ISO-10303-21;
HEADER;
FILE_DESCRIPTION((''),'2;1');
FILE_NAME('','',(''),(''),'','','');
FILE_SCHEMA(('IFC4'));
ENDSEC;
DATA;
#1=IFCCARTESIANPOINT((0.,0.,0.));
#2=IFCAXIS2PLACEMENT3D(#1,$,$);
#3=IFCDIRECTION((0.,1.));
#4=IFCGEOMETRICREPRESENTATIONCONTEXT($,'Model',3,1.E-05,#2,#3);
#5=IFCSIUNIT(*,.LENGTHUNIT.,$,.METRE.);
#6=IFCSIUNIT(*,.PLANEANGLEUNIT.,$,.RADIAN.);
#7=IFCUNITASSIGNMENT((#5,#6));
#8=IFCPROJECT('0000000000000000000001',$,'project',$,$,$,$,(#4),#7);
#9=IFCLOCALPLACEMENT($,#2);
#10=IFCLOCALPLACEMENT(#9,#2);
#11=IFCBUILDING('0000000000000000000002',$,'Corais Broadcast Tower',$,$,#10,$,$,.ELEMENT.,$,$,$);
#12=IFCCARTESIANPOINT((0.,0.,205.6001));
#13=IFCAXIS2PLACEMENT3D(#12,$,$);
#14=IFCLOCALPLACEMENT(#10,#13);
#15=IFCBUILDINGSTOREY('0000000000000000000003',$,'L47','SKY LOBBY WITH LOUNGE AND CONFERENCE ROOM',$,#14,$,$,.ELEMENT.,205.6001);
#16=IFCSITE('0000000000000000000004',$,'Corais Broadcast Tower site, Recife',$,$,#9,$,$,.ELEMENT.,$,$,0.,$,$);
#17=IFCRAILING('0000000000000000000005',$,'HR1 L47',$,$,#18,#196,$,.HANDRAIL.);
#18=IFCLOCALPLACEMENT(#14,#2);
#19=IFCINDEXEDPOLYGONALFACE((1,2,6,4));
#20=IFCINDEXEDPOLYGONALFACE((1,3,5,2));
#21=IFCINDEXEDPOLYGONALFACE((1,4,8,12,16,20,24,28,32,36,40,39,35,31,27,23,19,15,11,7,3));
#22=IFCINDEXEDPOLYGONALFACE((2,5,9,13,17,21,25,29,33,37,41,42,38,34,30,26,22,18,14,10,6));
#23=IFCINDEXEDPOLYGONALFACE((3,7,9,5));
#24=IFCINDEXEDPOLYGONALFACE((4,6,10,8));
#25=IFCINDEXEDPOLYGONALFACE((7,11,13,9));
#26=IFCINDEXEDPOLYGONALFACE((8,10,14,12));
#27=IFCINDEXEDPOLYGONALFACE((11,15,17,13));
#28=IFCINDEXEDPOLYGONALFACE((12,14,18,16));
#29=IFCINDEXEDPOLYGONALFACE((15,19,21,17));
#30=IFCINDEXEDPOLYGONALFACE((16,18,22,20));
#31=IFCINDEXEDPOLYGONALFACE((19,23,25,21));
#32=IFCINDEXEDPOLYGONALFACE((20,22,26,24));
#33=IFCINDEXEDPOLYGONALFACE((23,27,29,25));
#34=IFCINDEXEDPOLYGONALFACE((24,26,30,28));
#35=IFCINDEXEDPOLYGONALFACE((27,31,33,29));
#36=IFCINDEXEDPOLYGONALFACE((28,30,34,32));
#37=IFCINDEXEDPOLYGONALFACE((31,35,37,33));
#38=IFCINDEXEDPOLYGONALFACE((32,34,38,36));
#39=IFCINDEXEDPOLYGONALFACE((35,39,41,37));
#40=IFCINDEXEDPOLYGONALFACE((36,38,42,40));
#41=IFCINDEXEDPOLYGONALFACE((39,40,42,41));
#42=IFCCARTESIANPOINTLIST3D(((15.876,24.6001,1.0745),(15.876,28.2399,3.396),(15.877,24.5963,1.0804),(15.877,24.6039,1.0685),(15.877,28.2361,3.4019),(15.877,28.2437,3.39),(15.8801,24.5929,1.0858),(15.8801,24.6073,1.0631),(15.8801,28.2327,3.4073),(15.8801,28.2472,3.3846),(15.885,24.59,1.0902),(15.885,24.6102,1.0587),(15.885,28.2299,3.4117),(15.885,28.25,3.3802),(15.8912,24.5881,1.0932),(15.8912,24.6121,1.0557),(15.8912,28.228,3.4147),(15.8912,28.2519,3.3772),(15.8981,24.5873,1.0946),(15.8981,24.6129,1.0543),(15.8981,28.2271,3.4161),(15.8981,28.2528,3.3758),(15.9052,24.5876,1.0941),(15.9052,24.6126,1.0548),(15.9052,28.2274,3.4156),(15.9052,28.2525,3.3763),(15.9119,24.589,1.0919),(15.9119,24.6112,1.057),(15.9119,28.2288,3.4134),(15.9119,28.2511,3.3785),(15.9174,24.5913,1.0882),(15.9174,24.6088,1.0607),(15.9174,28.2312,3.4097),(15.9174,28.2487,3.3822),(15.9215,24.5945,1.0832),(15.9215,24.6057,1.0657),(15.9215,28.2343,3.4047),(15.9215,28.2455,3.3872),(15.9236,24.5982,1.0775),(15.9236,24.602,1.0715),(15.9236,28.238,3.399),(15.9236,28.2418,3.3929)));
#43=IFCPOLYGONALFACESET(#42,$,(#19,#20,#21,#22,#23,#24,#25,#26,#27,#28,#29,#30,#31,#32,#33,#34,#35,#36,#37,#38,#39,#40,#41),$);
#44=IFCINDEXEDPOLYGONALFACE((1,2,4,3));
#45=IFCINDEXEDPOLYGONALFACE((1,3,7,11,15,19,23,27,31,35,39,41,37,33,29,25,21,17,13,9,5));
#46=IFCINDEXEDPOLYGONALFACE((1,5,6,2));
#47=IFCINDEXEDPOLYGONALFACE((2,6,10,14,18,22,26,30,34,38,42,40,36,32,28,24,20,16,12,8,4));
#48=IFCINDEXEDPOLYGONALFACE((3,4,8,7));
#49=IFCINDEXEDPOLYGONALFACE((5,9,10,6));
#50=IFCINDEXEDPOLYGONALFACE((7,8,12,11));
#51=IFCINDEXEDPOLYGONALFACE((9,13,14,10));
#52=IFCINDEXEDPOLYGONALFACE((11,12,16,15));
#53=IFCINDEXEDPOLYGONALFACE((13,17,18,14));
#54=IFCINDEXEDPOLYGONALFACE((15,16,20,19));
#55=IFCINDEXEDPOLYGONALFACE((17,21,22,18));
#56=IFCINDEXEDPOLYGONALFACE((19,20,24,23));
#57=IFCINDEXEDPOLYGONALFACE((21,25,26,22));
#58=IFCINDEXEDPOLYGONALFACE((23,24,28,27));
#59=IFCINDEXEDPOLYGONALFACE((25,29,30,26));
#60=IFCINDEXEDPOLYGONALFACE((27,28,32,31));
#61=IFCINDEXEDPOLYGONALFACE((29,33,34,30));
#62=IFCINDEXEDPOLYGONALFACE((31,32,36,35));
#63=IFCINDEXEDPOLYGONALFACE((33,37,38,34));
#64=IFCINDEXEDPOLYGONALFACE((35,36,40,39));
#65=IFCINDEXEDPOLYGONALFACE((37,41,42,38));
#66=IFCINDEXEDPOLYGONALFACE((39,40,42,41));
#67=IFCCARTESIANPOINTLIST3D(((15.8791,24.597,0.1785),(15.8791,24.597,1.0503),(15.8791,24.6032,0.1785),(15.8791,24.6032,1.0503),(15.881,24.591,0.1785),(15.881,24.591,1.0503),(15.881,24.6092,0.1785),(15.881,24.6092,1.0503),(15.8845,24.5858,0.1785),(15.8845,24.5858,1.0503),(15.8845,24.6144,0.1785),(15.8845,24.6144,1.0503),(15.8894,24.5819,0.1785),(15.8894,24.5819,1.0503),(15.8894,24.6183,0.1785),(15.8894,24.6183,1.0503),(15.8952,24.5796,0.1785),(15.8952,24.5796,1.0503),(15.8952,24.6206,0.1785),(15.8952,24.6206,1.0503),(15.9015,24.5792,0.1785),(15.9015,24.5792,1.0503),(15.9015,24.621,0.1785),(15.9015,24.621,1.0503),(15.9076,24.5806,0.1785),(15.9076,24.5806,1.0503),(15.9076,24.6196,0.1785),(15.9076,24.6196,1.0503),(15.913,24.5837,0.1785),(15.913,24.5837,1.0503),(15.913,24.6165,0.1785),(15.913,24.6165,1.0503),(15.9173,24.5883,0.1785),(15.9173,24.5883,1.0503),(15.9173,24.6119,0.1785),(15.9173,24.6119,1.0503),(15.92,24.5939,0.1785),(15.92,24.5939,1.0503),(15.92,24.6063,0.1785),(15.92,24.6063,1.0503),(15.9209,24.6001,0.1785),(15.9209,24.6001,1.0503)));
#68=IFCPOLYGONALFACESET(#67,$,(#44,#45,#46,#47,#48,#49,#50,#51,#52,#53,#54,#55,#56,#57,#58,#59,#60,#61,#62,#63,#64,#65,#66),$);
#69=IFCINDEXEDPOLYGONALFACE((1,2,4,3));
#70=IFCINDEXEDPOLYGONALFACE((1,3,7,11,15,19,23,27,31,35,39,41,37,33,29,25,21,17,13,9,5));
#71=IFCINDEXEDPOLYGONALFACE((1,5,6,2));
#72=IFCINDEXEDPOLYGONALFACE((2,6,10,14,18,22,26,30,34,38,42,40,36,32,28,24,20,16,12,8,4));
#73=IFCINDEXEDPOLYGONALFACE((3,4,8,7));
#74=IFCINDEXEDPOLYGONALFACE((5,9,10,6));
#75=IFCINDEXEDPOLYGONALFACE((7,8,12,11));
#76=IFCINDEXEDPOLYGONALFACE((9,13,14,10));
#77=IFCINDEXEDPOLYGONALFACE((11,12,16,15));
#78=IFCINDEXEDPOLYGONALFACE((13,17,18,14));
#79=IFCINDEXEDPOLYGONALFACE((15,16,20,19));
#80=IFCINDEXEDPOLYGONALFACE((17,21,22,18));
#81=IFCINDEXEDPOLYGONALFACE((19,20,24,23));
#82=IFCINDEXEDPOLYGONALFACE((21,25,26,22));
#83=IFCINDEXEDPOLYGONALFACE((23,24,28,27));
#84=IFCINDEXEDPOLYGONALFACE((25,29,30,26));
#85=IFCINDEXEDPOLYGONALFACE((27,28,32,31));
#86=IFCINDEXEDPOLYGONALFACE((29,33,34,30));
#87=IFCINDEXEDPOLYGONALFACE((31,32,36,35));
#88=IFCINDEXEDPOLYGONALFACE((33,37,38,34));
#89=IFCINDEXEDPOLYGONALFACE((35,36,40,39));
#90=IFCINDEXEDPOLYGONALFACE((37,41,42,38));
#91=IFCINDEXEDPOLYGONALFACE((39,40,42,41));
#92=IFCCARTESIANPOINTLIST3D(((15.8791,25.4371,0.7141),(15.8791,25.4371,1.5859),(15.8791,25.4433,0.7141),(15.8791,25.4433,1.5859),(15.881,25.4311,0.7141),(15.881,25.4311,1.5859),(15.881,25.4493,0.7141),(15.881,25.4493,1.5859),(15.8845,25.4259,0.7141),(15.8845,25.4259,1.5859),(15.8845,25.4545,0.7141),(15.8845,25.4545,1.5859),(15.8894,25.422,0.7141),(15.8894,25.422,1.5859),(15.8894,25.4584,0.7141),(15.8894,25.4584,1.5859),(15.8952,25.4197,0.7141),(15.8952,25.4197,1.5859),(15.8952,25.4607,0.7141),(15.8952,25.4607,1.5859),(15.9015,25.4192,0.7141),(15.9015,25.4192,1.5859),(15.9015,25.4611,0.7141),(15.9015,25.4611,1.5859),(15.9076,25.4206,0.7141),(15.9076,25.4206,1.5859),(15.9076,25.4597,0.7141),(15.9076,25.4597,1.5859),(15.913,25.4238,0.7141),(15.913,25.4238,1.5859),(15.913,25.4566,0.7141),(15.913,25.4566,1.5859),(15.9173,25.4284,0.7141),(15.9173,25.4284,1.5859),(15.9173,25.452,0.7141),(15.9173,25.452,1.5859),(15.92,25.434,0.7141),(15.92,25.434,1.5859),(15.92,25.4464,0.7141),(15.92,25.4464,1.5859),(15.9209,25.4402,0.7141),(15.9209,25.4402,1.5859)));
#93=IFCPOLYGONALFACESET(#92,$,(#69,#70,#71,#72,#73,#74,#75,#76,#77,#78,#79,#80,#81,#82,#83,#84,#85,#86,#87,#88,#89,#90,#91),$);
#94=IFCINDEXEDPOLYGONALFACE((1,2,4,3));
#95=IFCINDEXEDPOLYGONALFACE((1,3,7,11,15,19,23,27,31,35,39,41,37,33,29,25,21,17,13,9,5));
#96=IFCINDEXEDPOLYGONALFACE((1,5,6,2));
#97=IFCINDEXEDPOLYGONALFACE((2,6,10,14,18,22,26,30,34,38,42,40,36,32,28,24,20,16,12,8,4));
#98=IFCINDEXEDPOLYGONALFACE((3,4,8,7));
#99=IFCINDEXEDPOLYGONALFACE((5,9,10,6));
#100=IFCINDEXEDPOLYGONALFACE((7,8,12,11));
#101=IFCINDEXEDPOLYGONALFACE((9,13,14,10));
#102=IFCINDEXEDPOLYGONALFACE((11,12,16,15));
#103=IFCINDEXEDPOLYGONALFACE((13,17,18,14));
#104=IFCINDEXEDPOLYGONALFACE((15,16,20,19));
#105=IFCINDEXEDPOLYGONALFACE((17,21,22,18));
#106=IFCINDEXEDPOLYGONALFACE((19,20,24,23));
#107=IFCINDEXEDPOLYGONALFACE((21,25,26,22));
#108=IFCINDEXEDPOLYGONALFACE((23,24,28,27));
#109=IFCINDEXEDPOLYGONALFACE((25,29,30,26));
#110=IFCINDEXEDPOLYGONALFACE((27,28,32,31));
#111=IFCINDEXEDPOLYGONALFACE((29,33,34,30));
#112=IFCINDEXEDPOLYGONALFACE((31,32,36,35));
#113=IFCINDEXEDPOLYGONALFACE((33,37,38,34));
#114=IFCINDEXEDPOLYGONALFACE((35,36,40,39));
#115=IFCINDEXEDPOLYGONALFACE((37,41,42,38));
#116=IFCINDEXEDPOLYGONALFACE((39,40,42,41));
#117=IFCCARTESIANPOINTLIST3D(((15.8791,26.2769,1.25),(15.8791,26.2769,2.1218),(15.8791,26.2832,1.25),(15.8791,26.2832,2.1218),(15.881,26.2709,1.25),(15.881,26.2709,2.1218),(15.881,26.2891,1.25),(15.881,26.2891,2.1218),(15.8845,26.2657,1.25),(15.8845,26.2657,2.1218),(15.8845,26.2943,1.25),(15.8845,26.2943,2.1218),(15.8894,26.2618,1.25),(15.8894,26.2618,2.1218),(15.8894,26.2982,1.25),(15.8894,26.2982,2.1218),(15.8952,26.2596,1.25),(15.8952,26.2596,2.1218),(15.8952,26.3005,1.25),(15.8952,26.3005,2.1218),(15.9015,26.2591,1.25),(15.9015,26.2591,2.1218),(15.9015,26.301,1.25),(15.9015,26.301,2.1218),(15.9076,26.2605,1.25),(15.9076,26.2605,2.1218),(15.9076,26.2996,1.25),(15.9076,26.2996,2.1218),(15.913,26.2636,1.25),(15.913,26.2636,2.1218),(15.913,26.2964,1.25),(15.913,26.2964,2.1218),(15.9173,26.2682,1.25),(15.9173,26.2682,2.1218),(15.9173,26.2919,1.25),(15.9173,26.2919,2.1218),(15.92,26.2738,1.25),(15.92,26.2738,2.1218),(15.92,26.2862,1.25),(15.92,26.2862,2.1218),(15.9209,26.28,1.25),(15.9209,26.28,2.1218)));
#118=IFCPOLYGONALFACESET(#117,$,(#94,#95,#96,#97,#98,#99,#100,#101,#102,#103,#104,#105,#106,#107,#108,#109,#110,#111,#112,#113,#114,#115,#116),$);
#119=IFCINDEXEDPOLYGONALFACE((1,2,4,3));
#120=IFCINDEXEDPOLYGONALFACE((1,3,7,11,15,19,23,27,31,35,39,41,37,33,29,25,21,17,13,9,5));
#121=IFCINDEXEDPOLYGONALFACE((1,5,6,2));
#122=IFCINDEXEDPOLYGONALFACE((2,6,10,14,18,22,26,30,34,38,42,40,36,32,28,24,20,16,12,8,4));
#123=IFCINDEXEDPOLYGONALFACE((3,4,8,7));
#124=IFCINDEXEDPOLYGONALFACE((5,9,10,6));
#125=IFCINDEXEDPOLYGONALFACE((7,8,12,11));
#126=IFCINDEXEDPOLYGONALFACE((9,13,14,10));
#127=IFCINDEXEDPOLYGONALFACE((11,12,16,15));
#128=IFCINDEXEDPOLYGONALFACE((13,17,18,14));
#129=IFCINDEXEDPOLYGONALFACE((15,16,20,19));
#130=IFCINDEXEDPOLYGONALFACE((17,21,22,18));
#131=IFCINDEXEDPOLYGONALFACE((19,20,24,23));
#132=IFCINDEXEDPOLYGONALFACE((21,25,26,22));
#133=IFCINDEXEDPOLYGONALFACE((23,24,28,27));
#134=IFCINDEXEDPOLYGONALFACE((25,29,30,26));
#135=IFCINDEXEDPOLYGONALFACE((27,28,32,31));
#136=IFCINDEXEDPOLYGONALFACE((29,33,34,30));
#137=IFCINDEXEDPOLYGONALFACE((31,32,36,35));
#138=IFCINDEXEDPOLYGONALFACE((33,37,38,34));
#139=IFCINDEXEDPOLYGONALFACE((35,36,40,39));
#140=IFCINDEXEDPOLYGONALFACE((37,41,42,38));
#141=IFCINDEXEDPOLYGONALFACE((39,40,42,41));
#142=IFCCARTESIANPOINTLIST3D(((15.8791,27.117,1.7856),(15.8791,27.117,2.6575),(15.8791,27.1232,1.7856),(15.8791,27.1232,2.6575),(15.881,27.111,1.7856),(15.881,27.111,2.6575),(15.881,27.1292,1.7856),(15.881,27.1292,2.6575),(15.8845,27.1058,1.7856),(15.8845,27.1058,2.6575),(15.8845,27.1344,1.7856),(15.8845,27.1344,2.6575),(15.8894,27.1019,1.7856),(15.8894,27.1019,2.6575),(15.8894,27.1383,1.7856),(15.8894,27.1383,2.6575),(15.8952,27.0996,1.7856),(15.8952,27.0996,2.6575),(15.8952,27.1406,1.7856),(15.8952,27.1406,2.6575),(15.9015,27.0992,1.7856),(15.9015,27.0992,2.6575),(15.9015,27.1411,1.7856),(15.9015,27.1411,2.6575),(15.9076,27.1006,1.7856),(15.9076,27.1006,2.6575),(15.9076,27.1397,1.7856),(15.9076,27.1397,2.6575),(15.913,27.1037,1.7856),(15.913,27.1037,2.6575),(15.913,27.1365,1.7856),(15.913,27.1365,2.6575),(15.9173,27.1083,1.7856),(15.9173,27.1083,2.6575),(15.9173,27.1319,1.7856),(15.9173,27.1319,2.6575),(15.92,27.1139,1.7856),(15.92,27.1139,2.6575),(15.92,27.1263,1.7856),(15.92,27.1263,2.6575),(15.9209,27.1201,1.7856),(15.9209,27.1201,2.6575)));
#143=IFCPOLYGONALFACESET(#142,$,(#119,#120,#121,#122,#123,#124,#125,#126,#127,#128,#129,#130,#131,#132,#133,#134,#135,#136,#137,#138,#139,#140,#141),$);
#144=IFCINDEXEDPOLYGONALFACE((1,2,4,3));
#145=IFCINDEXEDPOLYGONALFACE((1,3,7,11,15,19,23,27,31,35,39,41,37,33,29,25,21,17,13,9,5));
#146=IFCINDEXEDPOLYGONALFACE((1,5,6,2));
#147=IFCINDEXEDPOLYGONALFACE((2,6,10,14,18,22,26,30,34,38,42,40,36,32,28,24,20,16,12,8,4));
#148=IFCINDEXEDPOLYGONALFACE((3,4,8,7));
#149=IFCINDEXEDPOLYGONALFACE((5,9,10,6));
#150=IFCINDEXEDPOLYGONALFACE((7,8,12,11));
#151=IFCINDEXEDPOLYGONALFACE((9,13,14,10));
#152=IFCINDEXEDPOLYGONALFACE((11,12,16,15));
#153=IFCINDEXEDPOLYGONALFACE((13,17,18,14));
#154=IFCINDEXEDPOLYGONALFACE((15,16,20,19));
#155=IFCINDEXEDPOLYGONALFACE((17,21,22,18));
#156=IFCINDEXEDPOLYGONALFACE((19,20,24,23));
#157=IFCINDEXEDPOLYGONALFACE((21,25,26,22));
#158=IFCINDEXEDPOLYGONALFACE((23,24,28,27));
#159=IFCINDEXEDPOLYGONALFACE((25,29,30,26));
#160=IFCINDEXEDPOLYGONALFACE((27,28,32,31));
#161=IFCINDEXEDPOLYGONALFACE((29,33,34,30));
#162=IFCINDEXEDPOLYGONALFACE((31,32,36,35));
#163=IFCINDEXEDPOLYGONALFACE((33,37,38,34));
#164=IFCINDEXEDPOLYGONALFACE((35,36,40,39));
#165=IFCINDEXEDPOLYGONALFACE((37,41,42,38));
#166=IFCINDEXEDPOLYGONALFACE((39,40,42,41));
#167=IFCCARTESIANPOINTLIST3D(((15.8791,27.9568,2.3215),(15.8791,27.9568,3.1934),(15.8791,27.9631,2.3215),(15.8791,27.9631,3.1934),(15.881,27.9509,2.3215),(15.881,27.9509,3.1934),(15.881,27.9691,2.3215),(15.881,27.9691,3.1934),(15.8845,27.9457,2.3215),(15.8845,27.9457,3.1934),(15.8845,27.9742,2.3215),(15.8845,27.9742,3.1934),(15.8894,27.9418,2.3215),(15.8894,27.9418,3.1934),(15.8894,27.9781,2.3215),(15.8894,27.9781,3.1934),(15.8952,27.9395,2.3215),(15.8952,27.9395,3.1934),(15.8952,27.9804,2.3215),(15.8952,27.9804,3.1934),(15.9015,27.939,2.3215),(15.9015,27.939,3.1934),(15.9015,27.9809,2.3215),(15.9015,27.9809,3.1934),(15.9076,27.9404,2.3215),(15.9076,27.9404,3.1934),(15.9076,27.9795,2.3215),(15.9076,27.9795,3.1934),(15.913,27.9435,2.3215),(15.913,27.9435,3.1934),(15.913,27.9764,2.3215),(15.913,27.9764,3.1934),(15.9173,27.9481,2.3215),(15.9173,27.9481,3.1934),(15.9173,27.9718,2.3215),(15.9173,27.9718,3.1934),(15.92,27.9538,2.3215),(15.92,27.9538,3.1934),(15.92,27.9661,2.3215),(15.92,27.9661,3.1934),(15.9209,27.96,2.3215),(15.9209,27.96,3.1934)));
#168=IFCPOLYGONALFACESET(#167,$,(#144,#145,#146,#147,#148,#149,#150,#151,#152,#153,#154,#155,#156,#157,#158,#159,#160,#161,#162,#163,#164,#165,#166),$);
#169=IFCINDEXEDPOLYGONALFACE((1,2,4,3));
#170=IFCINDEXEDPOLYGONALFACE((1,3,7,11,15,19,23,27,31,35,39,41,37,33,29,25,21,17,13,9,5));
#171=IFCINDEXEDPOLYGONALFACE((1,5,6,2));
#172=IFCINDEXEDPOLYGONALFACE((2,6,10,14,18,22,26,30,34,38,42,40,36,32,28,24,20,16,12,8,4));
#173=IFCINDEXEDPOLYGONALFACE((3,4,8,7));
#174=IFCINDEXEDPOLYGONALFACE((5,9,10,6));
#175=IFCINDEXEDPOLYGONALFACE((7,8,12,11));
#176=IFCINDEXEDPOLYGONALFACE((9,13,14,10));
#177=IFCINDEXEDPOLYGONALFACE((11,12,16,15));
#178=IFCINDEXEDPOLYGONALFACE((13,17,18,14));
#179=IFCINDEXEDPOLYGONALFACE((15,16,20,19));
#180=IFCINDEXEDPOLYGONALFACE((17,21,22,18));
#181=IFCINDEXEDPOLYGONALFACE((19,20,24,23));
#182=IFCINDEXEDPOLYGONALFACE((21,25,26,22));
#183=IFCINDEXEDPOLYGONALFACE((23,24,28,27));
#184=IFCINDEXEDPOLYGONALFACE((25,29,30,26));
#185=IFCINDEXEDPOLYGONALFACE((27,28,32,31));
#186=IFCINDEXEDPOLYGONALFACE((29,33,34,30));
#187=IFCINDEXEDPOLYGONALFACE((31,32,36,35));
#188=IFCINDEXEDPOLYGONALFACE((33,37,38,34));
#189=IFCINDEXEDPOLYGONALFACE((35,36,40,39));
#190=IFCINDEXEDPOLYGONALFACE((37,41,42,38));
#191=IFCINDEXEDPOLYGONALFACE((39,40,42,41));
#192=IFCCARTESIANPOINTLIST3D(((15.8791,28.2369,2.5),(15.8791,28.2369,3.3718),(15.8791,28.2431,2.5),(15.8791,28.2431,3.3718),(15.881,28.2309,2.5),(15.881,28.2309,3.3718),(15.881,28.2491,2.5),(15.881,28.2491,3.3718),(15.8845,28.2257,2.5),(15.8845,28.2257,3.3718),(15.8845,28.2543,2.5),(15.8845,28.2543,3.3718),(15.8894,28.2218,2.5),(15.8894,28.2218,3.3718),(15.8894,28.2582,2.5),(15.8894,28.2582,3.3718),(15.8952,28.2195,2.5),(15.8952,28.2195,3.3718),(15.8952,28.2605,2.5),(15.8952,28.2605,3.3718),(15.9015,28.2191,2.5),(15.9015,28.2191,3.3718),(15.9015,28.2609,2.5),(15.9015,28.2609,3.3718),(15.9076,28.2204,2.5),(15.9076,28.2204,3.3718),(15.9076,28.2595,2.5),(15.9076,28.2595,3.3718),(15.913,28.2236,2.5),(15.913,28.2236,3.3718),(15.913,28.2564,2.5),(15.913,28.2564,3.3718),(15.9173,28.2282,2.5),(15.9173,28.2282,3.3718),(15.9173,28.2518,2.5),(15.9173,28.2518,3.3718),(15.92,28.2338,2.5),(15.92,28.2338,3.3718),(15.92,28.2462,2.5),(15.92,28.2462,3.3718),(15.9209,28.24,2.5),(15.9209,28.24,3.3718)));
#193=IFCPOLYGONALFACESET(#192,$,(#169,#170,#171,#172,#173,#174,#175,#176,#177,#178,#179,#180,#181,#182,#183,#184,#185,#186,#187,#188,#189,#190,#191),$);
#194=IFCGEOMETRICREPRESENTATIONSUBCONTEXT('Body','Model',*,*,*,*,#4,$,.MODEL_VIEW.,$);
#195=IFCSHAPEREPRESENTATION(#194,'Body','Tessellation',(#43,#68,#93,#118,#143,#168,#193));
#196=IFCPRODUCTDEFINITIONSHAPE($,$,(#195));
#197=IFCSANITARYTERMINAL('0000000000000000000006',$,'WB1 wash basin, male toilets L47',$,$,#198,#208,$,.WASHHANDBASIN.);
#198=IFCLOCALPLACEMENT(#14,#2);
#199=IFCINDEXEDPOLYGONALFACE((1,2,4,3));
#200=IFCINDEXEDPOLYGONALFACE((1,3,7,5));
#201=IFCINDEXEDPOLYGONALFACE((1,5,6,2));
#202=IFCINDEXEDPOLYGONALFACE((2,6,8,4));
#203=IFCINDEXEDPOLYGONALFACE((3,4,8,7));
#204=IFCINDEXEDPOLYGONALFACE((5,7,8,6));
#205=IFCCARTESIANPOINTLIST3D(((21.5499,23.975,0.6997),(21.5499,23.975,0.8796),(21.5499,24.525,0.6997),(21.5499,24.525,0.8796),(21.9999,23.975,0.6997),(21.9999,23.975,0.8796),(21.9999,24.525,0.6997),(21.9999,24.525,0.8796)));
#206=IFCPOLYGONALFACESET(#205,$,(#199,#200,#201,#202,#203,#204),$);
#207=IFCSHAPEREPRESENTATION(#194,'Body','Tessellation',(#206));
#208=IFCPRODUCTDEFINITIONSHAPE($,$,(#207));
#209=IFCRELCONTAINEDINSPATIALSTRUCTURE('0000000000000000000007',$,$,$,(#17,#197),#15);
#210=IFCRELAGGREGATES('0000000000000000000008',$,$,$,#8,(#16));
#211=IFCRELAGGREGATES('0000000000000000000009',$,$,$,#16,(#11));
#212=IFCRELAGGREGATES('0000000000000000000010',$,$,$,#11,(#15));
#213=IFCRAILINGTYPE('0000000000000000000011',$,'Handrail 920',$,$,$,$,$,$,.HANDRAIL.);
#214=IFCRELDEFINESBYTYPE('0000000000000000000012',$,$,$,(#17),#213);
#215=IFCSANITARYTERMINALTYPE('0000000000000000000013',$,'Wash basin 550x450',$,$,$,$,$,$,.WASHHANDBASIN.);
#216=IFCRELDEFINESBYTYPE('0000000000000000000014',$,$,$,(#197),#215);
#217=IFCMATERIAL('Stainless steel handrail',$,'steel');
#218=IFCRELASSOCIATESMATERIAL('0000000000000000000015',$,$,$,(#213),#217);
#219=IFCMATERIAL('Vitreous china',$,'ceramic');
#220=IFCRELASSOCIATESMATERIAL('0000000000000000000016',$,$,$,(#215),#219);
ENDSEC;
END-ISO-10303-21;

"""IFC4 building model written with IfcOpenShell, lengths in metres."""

from ifc_helpers import new_model, si_unit, direction, frame, origin, origin_2d, place, context, subcontext, project, spatial, rectangle, circle, extrude, material, type_object, element, save


model = new_model("IFC4")

# Units and contexts
model_context = context("Model", 3, precision=1e-05, world=origin(), true_north=direction((0.0, 1.0)))
body_context = subcontext(model_context, "Body", "Model", "MODEL_VIEW")
ifc_project = project(units=[si_unit("LENGTHUNIT", "METRE"), si_unit("PLANEANGLEUNIT", "RADIAN")], contexts=[model_context])

# Site, building, storey
site_placement = place(None, origin())
site = spatial("IfcSite", under=ifc_project, at=site_placement, Name="Corais Broadcast Tower site, Recife", CompositionType="ELEMENT", RefElevation=0.0)
building_placement = place(site_placement, origin())
building = spatial("IfcBuilding", under=site, at=building_placement, Name="Corais Broadcast Tower", CompositionType="ELEMENT")
storey_placement = place(building_placement, frame((0.0, 0.0, 205.6001)))
storey = spatial("IfcBuildingStorey", under=building, at=storey_placement, Name="L47", Description="SKY LOBBY WITH LOUNGE AND CONFERENCE ROOM", CompositionType="ELEMENT", Elevation=205.6001)

# Railing
ifc_material_1 = material(Name="Stainless steel handrail", Category="steel")
railing_type = type_object("IfcRailingType", Name="Handrail 920", PredefinedType="HANDRAIL", material=ifc_material_1)
railing_placement = place(storey_placement, frame((15.8999, 24.6001, 0.1785)))
element("IfcRailing", 1, at=railing_placement, inside=storey, type_object=railing_type, Name="HR1 L47", PredefinedType="HANDRAIL", context=body_context, shape_type="SweptSolid", body=[
    extrude(circle(Radius=0.0239, at=origin_2d()), frame((0.0, 0.0, 0.896), z_axis=(0.0, 0.843112, 0.537739), x_axis=(-1.0, 0.0, 0.0)), (0.0, 0.0, 1.0), 4.3171),
    extrude(circle(Radius=0.021, at=origin_2d()), origin(), (0.0, 0.0, 1.0), 0.8718),
    extrude(circle(Radius=0.021, at=origin_2d()), frame((0.0, 0.8401, 0.5356)), (0.0, 0.0, 1.0), 0.8718),
    extrude(circle(Radius=0.021, at=origin_2d()), frame((0.0, 1.6799, 1.0715)), (0.0, 0.0, 1.0), 0.8718),
    extrude(circle(Radius=0.021, at=origin_2d()), frame((0.0, 2.52, 1.6072)), (0.0, 0.0, 1.0), 0.8718),
    extrude(circle(Radius=0.021, at=origin_2d()), frame((0.0, 3.3599, 2.1431)), (0.0, 0.0, 1.0), 0.8718),
    extrude(circle(Radius=0.021, at=origin_2d()), frame((0.0, 3.6399, 2.3215)), (0.0, 0.0, 1.0), 0.8718),
])

# Sanitary terminal
ifc_material_2 = material(Name="Vitreous china", Category="ceramic")
sanitary_terminal_type = type_object("IfcSanitaryTerminalType", Name="Wash basin 550x450", PredefinedType="WASHHANDBASIN", material=ifc_material_2)
for number, where, z_axis, x_axis, name in (
    (2, (21.7749, 24.25, 0.6997), (0.0, 0.0, 1.0), (1.0, 0.0, 0.0), "WB1 wash basin, male toilets L47"),
):
    element("IfcSanitaryTerminal", number, at=place(storey_placement, frame(where, z_axis=z_axis, x_axis=x_axis)), inside=storey, type_object=sanitary_terminal_type, Name=name, PredefinedType="WASHHANDBASIN", context=body_context, shape_type="SweptSolid", body=[
        extrude(rectangle(XDim=0.45, YDim=0.55, at=origin_2d()), origin(), (0.0, 0.0, 1.0), 0.1799),
    ])

save(model, "model.ifc")
